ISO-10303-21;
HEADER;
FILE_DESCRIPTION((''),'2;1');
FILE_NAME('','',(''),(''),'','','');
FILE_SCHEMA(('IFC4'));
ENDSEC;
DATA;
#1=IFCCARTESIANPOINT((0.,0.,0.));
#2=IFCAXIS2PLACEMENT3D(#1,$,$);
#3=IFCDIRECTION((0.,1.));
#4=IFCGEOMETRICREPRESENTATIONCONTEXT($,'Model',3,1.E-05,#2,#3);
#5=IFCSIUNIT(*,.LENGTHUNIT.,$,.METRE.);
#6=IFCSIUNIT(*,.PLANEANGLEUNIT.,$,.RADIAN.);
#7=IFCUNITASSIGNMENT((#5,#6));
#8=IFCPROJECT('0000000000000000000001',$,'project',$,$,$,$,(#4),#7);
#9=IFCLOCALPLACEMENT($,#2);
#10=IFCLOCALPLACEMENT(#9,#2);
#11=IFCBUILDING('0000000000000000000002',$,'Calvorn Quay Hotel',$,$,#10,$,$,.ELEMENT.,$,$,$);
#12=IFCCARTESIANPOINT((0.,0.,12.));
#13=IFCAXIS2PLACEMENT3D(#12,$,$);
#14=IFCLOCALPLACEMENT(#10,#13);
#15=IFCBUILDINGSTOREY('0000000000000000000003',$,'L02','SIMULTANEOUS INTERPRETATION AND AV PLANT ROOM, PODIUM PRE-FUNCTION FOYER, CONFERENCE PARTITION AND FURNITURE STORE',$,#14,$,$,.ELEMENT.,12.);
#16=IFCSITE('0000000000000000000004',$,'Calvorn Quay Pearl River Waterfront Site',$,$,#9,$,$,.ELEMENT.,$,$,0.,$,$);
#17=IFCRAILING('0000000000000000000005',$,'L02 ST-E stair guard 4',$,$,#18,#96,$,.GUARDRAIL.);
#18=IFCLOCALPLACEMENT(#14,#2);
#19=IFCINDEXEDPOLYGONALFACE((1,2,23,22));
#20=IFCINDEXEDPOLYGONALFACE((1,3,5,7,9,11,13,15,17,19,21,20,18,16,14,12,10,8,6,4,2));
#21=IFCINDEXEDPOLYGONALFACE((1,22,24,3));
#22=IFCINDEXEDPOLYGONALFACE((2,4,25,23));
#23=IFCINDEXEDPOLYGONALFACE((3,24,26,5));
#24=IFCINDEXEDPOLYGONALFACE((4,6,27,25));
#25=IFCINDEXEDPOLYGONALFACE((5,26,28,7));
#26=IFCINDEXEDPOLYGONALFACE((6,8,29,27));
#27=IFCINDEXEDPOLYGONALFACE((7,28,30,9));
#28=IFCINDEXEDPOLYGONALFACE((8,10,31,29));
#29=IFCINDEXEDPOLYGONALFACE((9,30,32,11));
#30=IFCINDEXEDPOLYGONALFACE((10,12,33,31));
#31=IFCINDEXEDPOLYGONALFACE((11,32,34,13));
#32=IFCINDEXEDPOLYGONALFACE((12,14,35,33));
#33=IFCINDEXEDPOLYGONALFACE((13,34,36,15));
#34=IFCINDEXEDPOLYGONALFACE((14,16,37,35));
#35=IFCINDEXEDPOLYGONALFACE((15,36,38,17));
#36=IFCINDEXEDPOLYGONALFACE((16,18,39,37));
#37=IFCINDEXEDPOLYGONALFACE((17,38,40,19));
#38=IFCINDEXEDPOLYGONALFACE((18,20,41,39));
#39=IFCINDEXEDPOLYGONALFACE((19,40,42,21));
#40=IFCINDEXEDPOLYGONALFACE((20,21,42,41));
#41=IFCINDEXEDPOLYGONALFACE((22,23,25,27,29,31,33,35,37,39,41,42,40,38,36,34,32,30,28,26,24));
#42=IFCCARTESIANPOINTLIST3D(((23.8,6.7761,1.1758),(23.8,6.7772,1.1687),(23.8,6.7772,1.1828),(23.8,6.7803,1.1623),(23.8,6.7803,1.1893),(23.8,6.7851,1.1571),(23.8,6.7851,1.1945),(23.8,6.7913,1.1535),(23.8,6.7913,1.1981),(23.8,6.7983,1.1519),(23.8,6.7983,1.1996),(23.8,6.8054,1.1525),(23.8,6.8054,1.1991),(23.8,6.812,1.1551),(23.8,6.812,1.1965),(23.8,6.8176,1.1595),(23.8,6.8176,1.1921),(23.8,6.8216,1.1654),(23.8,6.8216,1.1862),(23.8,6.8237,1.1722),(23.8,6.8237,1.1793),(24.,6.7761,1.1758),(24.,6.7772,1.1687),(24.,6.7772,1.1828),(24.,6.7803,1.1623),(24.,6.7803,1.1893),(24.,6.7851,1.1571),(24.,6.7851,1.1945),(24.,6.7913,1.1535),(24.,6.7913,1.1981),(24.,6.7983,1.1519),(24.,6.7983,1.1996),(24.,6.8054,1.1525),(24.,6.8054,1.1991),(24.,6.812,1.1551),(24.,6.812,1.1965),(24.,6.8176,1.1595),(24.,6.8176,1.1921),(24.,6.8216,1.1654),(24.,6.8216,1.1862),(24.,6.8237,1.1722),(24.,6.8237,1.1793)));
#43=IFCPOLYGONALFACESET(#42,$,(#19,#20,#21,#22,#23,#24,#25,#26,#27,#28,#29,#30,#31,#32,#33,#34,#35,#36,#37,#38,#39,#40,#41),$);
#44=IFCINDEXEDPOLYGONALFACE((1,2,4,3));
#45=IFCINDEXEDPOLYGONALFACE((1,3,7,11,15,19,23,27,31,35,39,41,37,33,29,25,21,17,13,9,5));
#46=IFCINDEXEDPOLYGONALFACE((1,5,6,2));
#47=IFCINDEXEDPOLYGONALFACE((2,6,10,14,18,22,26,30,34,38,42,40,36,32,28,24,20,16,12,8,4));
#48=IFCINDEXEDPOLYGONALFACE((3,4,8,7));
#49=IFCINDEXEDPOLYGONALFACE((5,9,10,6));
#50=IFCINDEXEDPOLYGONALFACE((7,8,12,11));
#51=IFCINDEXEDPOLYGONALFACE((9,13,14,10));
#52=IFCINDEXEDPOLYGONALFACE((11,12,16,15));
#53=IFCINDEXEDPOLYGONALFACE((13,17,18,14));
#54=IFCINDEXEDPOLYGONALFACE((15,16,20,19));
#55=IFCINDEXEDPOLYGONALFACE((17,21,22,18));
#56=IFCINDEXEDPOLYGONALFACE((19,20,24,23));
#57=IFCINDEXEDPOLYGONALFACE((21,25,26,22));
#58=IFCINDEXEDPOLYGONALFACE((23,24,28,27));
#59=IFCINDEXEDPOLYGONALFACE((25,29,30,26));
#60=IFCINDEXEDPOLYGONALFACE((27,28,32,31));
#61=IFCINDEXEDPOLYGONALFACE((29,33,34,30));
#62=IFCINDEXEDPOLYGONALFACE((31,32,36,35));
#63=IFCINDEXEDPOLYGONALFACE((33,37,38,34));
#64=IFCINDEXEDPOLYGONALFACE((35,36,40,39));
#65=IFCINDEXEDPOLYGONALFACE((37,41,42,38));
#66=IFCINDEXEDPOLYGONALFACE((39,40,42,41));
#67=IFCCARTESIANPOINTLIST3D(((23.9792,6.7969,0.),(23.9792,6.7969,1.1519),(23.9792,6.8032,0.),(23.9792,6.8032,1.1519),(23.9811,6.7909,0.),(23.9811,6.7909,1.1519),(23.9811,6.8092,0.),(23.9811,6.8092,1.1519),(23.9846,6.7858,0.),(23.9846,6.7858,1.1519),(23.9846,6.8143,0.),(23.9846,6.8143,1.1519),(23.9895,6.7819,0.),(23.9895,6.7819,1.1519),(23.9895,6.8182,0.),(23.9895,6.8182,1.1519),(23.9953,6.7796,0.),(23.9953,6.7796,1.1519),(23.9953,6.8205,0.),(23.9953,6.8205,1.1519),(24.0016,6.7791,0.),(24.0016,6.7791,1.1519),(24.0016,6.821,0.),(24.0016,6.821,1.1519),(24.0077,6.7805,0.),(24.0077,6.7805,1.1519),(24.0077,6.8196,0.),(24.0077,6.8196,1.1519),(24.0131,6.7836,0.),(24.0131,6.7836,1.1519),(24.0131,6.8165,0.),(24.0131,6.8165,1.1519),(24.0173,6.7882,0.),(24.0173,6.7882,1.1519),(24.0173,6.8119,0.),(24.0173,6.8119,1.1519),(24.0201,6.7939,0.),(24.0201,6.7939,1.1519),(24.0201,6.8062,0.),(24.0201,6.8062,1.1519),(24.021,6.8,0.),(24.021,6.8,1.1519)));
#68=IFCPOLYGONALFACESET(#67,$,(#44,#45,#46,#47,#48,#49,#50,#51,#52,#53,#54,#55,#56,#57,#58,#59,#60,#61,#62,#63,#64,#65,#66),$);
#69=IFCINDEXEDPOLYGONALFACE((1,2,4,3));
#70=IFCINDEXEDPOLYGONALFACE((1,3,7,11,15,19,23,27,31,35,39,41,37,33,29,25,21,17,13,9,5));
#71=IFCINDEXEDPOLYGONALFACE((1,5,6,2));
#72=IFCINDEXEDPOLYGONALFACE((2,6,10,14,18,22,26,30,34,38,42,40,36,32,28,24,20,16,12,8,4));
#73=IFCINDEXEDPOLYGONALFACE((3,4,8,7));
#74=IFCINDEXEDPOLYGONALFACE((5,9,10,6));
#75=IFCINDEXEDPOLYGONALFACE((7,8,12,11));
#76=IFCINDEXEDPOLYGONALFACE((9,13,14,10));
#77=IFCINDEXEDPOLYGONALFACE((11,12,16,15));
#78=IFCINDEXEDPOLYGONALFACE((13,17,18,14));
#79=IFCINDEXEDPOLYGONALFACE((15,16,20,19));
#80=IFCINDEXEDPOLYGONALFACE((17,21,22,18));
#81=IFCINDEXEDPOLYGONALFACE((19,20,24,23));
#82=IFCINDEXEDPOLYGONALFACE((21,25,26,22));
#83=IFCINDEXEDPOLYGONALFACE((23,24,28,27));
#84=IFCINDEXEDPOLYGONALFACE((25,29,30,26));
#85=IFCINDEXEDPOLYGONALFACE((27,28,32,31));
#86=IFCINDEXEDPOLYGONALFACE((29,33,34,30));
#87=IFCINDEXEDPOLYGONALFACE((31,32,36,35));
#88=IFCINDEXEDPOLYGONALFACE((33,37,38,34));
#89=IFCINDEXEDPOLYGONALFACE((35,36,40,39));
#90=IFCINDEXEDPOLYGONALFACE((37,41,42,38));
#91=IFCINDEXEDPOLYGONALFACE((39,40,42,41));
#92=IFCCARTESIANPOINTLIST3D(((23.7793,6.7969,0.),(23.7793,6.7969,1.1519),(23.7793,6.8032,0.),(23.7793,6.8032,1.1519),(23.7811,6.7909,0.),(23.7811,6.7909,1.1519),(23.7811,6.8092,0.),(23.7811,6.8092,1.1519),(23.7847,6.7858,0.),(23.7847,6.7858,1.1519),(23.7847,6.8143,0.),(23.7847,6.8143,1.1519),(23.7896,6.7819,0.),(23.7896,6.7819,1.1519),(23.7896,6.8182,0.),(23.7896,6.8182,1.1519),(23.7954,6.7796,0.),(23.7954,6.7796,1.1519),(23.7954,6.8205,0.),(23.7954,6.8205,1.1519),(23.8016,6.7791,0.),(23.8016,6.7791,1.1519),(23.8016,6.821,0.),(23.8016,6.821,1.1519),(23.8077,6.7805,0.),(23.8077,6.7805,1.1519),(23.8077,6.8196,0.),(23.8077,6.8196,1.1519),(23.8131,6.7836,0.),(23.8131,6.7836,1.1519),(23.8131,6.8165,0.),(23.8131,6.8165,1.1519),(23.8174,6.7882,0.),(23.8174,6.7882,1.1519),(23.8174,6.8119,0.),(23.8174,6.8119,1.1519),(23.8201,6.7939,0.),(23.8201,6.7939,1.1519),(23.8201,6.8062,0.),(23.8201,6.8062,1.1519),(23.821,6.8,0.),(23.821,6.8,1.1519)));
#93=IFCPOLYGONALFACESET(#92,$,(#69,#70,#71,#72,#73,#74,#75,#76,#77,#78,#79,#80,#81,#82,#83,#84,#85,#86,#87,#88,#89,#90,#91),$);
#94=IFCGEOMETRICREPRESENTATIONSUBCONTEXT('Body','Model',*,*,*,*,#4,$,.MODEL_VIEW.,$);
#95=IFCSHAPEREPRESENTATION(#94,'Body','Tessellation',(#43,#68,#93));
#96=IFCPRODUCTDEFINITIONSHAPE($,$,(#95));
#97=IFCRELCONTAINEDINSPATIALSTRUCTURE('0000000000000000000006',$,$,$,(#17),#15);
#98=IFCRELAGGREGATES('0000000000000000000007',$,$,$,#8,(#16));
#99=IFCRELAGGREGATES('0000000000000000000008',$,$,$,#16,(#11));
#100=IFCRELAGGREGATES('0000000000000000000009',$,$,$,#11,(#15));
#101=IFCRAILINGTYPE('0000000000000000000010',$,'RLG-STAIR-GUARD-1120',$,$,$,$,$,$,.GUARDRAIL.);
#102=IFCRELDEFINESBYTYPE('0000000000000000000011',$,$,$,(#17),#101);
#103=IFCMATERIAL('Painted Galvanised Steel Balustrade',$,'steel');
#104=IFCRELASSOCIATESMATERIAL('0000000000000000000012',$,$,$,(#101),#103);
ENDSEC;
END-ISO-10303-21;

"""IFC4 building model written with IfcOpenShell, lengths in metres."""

from ifc_helpers import new_model, si_unit, direction, frame, origin, origin_2d, place, context, subcontext, project, spatial, circle, extrude, material, type_object, element, save


model = new_model("IFC4")

# Units and contexts
model_context = context("Model", 3, precision=1e-05, world=origin(), true_north=direction((0.0, 1.0)))
body_context = subcontext(model_context, "Body", "Model", "MODEL_VIEW")
ifc_project = project(units=[si_unit("LENGTHUNIT", "METRE"), si_unit("PLANEANGLEUNIT", "RADIAN")], contexts=[model_context])

# Site, building, storey
site_placement = place(None, origin())
site = spatial("IfcSite", under=ifc_project, at=site_placement, Name="Calvorn Quay Pearl River Waterfront Site", CompositionType="ELEMENT", RefElevation=0.0)
building_placement = place(site_placement, origin())
building = spatial("IfcBuilding", under=site, at=building_placement, Name="Calvorn Quay Hotel", CompositionType="ELEMENT")
storey_placement = place(building_placement, frame((0.0, 0.0, 12.0)))
storey = spatial("IfcBuildingStorey", under=building, at=storey_placement, Name="L02", Description="SIMULTANEOUS INTERPRETATION AND AV PLANT ROOM, PODIUM PRE-FUNCTION FOYER, CONFERENCE PARTITION AND FURNITURE STORE", CompositionType="ELEMENT", Elevation=12.0)

# Railing
ifc_material_1 = material(Name="Painted Galvanised Steel Balustrade", Category="steel")
railing_type_1 = type_object("IfcRailingType", Name="RLG-STAIR-GUARD-1120", PredefinedType="GUARDRAIL", material=ifc_material_1)
railing_1_placement = place(storey_placement, frame((24.0, 6.8, 0.0)))
element("IfcRailing", 1, at=railing_1_placement, inside=storey, type_object=railing_type_1, Name="L02 ST-E stair guard 4", PredefinedType="GUARDRAIL", context=body_context, shape_type="SweptSolid", body=[
    extrude(circle(Radius=0.0239, at=origin_2d()), frame((0.0, 0.0, 1.1758), z_axis=(-1.0, 0.0, 0.0), x_axis=(0.0, -1.0, 0.0)), (0.0, 0.0, 1.0), 0.2),
    extrude(circle(Radius=0.021, at=origin_2d()), origin(), (0.0, 0.0, 1.0), 1.1519),
    extrude(circle(Radius=0.021, at=origin_2d()), frame((-0.2, 0.0, 0.0)), (0.0, 0.0, 1.0), 1.1519),
])

save(model, "model.ifc")
